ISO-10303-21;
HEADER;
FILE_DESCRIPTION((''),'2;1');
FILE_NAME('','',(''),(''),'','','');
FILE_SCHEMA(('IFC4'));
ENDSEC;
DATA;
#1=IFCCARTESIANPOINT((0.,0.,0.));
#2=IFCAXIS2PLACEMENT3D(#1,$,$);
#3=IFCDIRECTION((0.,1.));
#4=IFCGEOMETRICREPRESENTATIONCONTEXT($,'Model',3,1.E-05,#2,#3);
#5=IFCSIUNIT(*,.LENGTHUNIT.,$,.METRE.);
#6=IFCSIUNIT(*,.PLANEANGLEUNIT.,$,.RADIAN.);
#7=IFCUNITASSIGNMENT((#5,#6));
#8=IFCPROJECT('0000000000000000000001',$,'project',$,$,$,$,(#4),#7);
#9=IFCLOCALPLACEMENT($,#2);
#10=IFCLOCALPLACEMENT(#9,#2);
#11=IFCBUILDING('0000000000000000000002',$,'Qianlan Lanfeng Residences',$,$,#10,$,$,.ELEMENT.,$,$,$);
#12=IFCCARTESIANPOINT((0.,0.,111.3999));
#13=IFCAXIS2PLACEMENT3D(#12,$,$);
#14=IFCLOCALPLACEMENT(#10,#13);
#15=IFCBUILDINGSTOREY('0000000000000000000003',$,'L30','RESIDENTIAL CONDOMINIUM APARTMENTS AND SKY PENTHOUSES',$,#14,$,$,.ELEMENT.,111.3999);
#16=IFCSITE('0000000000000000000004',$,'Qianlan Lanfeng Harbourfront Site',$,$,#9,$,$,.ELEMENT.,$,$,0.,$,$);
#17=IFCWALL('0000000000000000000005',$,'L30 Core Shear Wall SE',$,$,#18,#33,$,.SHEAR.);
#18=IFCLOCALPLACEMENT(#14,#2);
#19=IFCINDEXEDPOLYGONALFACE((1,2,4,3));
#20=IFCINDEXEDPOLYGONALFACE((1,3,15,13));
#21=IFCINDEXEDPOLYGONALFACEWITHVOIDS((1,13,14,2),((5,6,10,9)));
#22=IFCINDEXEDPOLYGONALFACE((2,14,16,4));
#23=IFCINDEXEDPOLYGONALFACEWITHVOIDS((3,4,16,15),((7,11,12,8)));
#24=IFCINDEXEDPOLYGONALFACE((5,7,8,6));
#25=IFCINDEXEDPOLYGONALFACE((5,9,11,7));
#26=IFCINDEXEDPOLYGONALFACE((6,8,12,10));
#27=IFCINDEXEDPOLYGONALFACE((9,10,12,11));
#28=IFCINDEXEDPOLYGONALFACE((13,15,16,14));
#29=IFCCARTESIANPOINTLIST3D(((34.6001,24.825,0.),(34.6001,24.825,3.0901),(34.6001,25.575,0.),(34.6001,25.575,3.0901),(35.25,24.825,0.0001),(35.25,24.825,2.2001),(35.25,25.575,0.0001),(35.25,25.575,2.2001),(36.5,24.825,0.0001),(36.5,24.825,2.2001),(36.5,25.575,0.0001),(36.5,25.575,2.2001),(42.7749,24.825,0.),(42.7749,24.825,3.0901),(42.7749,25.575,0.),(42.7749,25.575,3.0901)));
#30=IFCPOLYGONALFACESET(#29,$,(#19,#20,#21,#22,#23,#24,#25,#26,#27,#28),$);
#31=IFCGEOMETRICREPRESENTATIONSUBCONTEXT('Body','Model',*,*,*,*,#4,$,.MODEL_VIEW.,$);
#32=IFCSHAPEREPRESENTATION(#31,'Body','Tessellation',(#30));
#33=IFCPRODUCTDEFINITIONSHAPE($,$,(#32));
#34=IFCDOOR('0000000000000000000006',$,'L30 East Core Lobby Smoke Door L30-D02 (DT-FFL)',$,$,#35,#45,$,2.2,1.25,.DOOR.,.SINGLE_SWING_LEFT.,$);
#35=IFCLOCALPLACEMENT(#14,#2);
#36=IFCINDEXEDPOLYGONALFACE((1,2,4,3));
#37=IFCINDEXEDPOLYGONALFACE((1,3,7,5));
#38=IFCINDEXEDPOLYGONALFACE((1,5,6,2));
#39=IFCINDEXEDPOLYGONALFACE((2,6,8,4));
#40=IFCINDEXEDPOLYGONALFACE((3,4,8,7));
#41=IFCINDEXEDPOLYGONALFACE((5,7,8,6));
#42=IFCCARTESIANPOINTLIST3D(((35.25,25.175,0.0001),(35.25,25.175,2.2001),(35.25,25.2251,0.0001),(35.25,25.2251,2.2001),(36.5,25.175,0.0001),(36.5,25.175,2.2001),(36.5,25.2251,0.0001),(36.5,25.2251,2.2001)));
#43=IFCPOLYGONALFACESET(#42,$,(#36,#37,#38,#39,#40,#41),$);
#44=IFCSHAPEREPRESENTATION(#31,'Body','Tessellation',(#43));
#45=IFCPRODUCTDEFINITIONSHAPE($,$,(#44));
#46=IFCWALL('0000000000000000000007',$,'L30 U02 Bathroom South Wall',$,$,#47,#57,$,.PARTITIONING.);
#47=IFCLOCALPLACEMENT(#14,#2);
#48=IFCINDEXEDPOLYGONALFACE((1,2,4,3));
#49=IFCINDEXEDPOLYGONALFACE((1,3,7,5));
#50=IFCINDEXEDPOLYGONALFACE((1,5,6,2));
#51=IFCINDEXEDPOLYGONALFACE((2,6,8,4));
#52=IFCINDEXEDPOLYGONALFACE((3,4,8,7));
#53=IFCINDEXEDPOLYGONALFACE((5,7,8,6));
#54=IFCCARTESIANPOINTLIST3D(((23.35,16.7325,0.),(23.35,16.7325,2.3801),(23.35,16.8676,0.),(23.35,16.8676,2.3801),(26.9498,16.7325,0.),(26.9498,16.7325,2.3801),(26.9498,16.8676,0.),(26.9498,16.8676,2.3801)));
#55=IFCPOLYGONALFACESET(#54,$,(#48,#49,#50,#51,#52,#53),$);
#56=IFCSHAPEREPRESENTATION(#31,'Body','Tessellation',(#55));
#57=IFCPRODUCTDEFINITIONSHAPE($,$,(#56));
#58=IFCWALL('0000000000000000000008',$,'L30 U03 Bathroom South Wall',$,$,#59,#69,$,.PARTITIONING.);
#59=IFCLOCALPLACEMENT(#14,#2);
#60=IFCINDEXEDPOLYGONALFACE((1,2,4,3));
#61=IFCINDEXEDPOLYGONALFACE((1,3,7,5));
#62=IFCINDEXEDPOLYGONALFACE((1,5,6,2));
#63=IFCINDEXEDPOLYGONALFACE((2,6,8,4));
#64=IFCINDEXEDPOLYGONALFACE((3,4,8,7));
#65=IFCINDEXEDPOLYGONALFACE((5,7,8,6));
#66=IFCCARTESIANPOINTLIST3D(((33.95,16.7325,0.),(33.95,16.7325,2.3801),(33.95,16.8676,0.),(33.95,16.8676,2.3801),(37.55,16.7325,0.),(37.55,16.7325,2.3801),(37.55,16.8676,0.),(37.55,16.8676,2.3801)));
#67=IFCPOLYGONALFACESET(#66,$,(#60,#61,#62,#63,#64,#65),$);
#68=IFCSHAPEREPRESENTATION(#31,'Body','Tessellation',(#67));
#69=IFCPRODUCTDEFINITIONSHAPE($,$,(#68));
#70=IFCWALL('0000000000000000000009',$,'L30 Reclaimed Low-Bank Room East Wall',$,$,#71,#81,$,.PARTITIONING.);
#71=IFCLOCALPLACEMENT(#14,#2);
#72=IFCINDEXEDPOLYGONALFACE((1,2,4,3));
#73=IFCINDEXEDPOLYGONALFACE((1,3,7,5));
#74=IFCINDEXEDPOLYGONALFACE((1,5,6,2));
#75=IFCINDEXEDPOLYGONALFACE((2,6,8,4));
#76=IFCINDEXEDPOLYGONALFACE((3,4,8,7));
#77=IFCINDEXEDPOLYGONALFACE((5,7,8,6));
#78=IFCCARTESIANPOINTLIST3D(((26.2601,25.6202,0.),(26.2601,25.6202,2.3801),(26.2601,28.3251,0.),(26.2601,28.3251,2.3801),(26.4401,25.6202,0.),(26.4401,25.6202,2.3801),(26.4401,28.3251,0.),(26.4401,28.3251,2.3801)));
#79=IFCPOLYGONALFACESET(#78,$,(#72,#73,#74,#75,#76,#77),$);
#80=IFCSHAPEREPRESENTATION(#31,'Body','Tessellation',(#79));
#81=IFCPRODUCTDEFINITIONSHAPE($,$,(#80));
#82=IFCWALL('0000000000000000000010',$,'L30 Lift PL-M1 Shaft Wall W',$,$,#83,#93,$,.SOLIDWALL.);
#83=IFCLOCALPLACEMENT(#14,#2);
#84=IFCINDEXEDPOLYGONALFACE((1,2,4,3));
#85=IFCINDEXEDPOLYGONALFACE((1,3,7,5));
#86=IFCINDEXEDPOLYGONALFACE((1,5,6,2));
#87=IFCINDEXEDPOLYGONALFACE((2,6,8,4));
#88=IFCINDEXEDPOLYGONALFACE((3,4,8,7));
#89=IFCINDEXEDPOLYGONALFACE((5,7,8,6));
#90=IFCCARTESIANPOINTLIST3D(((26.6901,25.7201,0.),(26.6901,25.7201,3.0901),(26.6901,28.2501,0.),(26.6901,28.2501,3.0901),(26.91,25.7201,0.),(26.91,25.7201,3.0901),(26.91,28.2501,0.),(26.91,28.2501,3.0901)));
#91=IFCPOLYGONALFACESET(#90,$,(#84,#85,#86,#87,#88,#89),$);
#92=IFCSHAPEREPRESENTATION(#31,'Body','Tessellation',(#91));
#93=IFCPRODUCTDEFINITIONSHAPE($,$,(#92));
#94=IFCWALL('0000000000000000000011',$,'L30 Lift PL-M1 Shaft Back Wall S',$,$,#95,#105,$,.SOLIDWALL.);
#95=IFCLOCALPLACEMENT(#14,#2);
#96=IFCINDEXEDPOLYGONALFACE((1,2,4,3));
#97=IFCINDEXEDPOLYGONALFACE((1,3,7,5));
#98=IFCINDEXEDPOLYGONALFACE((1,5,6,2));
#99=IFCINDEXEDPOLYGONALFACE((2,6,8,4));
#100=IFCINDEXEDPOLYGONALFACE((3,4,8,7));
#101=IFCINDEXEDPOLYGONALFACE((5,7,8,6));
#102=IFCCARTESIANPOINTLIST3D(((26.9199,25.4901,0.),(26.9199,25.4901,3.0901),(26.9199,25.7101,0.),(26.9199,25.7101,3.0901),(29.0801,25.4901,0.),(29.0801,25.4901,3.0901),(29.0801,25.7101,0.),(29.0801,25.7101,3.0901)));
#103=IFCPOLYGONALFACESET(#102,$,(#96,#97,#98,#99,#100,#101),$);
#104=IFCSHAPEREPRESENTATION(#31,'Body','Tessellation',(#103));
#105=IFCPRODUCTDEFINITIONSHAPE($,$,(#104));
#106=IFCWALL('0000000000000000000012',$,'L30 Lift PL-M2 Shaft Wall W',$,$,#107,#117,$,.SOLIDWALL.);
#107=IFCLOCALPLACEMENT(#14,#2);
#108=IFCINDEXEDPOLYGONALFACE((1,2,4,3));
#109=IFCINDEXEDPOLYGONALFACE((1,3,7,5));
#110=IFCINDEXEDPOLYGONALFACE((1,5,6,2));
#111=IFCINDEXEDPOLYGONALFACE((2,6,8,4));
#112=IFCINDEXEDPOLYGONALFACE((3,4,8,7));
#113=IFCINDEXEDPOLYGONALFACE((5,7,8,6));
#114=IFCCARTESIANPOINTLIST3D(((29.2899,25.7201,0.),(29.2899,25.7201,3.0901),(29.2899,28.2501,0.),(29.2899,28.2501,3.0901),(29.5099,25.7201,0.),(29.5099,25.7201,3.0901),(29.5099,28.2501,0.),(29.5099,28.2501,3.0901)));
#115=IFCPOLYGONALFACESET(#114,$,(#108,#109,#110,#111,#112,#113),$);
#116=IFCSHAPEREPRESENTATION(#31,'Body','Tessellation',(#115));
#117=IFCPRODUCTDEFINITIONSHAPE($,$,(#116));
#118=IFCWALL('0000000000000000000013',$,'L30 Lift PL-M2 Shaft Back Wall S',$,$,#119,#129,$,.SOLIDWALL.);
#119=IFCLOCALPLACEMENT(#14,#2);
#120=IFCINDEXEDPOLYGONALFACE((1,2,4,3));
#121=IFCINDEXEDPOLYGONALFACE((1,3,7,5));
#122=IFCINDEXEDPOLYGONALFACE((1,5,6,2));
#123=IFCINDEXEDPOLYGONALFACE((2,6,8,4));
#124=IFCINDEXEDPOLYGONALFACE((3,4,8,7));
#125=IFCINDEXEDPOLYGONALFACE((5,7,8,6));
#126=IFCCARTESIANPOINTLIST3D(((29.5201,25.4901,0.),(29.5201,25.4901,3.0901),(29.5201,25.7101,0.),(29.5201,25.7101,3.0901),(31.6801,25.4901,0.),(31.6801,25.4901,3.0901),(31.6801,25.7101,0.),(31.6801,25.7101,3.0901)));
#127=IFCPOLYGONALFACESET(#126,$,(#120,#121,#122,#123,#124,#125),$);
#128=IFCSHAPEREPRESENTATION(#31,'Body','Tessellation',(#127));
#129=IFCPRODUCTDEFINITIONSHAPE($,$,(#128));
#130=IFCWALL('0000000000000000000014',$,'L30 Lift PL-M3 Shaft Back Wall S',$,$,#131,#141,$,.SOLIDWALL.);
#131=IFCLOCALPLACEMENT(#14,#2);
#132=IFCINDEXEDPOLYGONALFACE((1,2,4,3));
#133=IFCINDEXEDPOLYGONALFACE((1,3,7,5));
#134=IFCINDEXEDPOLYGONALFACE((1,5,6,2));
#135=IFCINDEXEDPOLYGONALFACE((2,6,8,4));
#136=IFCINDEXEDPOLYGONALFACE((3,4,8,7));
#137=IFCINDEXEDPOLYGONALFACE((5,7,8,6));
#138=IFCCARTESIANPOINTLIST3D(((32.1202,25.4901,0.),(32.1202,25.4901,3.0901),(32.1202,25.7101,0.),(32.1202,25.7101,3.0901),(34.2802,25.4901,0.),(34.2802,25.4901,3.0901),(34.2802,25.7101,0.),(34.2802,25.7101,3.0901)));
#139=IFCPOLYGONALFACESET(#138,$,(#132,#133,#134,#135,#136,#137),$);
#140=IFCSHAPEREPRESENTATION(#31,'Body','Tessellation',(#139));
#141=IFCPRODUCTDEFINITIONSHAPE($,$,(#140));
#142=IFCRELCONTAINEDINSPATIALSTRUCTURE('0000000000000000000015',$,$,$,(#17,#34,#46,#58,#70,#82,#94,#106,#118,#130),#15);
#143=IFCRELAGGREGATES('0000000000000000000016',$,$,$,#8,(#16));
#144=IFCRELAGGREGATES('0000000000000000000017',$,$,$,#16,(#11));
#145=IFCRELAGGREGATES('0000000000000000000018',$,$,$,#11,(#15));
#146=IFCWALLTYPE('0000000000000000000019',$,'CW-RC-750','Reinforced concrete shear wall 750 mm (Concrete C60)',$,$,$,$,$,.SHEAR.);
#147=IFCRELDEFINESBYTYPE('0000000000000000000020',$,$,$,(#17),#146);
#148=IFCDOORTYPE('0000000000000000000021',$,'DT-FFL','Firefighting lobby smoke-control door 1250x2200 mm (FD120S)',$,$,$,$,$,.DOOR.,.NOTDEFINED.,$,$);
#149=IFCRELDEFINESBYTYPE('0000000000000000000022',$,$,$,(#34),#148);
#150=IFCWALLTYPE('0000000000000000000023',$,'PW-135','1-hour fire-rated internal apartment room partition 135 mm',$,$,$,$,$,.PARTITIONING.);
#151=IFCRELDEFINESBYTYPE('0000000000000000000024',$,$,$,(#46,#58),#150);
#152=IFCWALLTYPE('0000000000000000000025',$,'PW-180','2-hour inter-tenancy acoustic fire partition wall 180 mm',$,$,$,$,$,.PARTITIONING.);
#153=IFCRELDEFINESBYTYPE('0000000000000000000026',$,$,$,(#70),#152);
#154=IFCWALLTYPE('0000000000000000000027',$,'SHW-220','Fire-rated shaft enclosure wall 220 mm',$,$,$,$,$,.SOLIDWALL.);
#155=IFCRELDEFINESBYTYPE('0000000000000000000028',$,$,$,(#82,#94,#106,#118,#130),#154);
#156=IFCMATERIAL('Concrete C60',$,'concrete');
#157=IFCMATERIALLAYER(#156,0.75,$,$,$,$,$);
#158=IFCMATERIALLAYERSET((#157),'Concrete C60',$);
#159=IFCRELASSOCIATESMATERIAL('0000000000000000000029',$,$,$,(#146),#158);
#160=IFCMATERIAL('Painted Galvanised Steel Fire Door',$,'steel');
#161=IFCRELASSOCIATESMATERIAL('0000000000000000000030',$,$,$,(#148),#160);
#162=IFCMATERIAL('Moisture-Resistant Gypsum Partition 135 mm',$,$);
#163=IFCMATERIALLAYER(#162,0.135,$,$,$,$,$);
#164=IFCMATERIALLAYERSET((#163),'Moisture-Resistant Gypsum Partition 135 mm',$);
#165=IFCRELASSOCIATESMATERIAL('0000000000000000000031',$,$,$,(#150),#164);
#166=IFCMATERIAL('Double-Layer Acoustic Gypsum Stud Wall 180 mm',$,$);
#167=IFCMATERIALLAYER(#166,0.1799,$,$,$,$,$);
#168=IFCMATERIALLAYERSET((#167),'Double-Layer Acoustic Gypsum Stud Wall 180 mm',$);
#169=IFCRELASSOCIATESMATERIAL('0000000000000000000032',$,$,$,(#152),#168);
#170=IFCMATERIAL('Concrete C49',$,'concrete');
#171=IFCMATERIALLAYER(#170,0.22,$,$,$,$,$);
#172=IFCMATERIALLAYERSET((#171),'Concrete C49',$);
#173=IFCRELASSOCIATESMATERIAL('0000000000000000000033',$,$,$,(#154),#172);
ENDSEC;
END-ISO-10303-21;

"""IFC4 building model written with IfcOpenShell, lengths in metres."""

from ifc_helpers import new_model, si_unit, direction, frame, frame_2d, origin, place, context, subcontext, project, spatial, rectangle, extrude, material, layer, layer_set, type_object, element, fill, save


model = new_model("IFC4")

# Units and contexts
model_context = context("Model", 3, precision=1e-05, world=origin(), true_north=direction((0.0, 1.0)))
body_context = subcontext(model_context, "Body", "Model", "MODEL_VIEW")
ifc_project = project(units=[si_unit("LENGTHUNIT", "METRE"), si_unit("PLANEANGLEUNIT", "RADIAN")], contexts=[model_context])

# Site, building, storey
site_placement = place(None, origin())
site = spatial("IfcSite", under=ifc_project, at=site_placement, Name="Qianlan Lanfeng Harbourfront Site", CompositionType="ELEMENT", RefElevation=0.0)
building_placement = place(site_placement, origin())
building = spatial("IfcBuilding", under=site, at=building_placement, Name="Qianlan Lanfeng Residences", CompositionType="ELEMENT")
storey_placement = place(building_placement, frame((0.0, 0.0, 111.3999)))
storey = spatial("IfcBuildingStorey", under=building, at=storey_placement, Name="L30", Description="RESIDENTIAL CONDOMINIUM APARTMENTS AND SKY PENTHOUSES", CompositionType="ELEMENT", Elevation=111.3999)

# Wall, opening, door
ifc_material_1 = material(Name="Concrete C60", Category="concrete")
ifc_layer_1 = layer(ifc_material_1, 0.75)
ifc_layer_set_1 = layer_set([ifc_layer_1], Name="Concrete C60")
wall_type_1 = type_object("IfcWallType", Name="CW-RC-750", Description="Reinforced concrete shear wall 750 mm (Concrete C60)", PredefinedType="SHEAR", material=ifc_layer_set_1)
wall_1_placement = place(storey_placement, frame((34.6001, 25.2, 0.0), z_axis=(0.0, 0.0, 1.0), x_axis=(1.0, 0.0, 0.0)))
wall_1 = element("IfcWall", 1, at=wall_1_placement, inside=storey, type_object=wall_type_1, Name="L30 Core Shear Wall SE", PredefinedType="SHEAR", context=body_context, shape_type="SweptSolid", body=[
    extrude(rectangle(XDim=8.1748, YDim=0.75, at=frame_2d((4.0874, 0.0))), origin(), (0.0, 0.0, 1.0), 3.0901),
])
opening_1_placement = place(wall_1_placement, frame((0.6499, 0.0, 0.0)))
opening_1 = element("IfcOpeningElement", 2, at=opening_1_placement, cuts=wall_1, PredefinedType="OPENING", context=body_context, shape_type="SweptSolid", body=[
    extrude(rectangle(XDim=1.25, YDim=2.2, at=frame_2d((0.625, 1.1001))), frame((0.0, 0.385, 0.0), z_axis=(0.0, -1.0, 0.0), x_axis=(1.0, 0.0, 0.0)), (0.0, 0.0, 1.0), 0.77),
])
ifc_material_2 = material(Name="Painted Galvanised Steel Fire Door", Category="steel")
door_type_1 = type_object("IfcDoorType", Name="DT-FFL", Description="Firefighting lobby smoke-control door 1250x2200 mm (FD120S)", OperationType="NOTDEFINED", PredefinedType="DOOR", material=ifc_material_2)
door_1_placement = place(opening_1_placement, frame((1.25, 0.0, 0.0), z_axis=(0.0, 0.0, 1.0), x_axis=(-1.0, 0.0, 0.0)))
door_1 = element("IfcDoor", 3, at=door_1_placement, inside=storey, type_object=door_type_1, Name="L30 East Core Lobby Smoke Door L30-D02 (DT-FFL)", OperationType="SINGLE_SWING_LEFT", OverallHeight=2.2, OverallWidth=1.25, PredefinedType="DOOR", context=body_context, shape_type="SweptSolid", body=[
    extrude(rectangle(XDim=1.25, YDim=2.2, at=frame_2d((0.625, 1.1001))), frame((0.0, 0.0249, 0.0), z_axis=(0.0, -1.0, 0.0), x_axis=(1.0, 0.0, 0.0)), (0.0, 0.0, 1.0), 0.05),
])
fill(opening_1, door_1)

# Walls
ifc_material_3 = material(Name="Moisture-Resistant Gypsum Partition 135 mm")
ifc_layer_2 = layer(ifc_material_3, 0.135)
ifc_layer_set_2 = layer_set([ifc_layer_2], Name="Moisture-Resistant Gypsum Partition 135 mm")
wall_type_2 = type_object("IfcWallType", Name="PW-135", Description="1-hour fire-rated internal apartment room partition 135 mm", PredefinedType="PARTITIONING", material=ifc_layer_set_2)
wall_2_placement = place(storey_placement, frame((23.3501, 16.8, 0.0), z_axis=(0.0, 0.0, 1.0), x_axis=(1.0, 0.0, 0.0)))
element("IfcWall", 4, at=wall_2_placement, inside=storey, type_object=wall_type_2, Name="L30 U02 Bathroom South Wall", PredefinedType="PARTITIONING", context=body_context, shape_type="SweptSolid", body=[
    extrude(rectangle(XDim=3.5999, YDim=0.135, at=frame_2d((1.7998, 0.0))), origin(), (0.0, 0.0, 1.0), 2.3801),
])
wall_3_placement = place(storey_placement, frame((33.95, 16.8, 0.0), z_axis=(0.0, 0.0, 1.0), x_axis=(1.0, 0.0, 0.0)))
element("IfcWall", 5, at=wall_3_placement, inside=storey, type_object=wall_type_2, Name="L30 U03 Bathroom South Wall", PredefinedType="PARTITIONING", context=body_context, shape_type="SweptSolid", body=[
    extrude(rectangle(XDim=3.6001, YDim=0.135, at=frame_2d((1.8, 0.0))), origin(), (0.0, 0.0, 1.0), 2.3801),
])

# Shared definitions
ifc_material_4 = material(Name="Double-Layer Acoustic Gypsum Stud Wall 180 mm")
ifc_layer_3 = layer(ifc_material_4, 0.1799)
ifc_layer_set_3 = layer_set([ifc_layer_3], Name="Double-Layer Acoustic Gypsum Stud Wall 180 mm")
wall_type_3 = type_object("IfcWallType", Name="PW-180", Description="2-hour inter-tenancy acoustic fire partition wall 180 mm", PredefinedType="PARTITIONING", material=ifc_layer_set_3)

# Walls
wall_4_placement = place(storey_placement, frame((26.3501, 25.6201, 0.0), z_axis=(0.0, 0.0, 1.0), x_axis=(0.0, 1.0, 0.0)))
element("IfcWall", 6, at=wall_4_placement, inside=storey, type_object=wall_type_3, Name="L30 Reclaimed Low-Bank Room East Wall", PredefinedType="PARTITIONING", context=body_context, shape_type="SweptSolid", body=[
    extrude(rectangle(XDim=2.7048, YDim=0.1799, at=frame_2d((1.3525, 0.0))), origin(), (0.0, 0.0, 1.0), 2.3801),
])
ifc_material_5 = material(Name="Concrete C49", Category="concrete")
ifc_layer_4 = layer(ifc_material_5, 0.22)
ifc_layer_set_4 = layer_set([ifc_layer_4], Name="Concrete C49")
wall_type_4 = type_object("IfcWallType", Name="SHW-220", Description="Fire-rated shaft enclosure wall 220 mm", PredefinedType="SOLIDWALL", material=ifc_layer_set_4)
wall_5_placement = place(storey_placement, frame((26.8, 25.72, 0.0), z_axis=(0.0, 0.0, 1.0), x_axis=(0.0, 1.0, 0.0)))
element("IfcWall", 7, at=wall_5_placement, inside=storey, type_object=wall_type_4, Name="L30 Lift PL-M1 Shaft Wall W", PredefinedType="SOLIDWALL", context=body_context, shape_type="SweptSolid", body=[
    extrude(rectangle(XDim=2.53, YDim=0.22, at=frame_2d((1.2651, 0.0))), origin(), (0.0, 0.0, 1.0), 3.0901),
])
wall_6_placement = place(storey_placement, frame((26.9199, 25.6001, 0.0), z_axis=(0.0, 0.0, 1.0), x_axis=(1.0, 0.0, 0.0)))
element("IfcWall", 8, at=wall_6_placement, inside=storey, type_object=wall_type_4, Name="L30 Lift PL-M1 Shaft Back Wall S", PredefinedType="SOLIDWALL", context=body_context, shape_type="SweptSolid", body=[
    extrude(rectangle(XDim=2.1602, YDim=0.22, at=frame_2d((1.0801, 0.0))), origin(), (0.0, 0.0, 1.0), 3.0901),
])
wall_7_placement = place(storey_placement, frame((29.3999, 25.72, 0.0), z_axis=(0.0, 0.0, 1.0), x_axis=(0.0, 1.0, 0.0)))
element("IfcWall", 9, at=wall_7_placement, inside=storey, type_object=wall_type_4, Name="L30 Lift PL-M2 Shaft Wall W", PredefinedType="SOLIDWALL", context=body_context, shape_type="SweptSolid", body=[
    extrude(rectangle(XDim=2.53, YDim=0.22, at=frame_2d((1.2651, 0.0))), origin(), (0.0, 0.0, 1.0), 3.0901),
])
for number, where, z_axis, x_axis, name in (
    (10, (29.52, 25.6001, 0.0), (0.0, 0.0, 1.0), (1.0, 0.0, 0.0), "L30 Lift PL-M2 Shaft Back Wall S"),
    (11, (32.1201, 25.6001, 0.0), (0.0, 0.0, 1.0), (1.0, 0.0, 0.0), "L30 Lift PL-M3 Shaft Back Wall S"),
):
    element("IfcWall", number, at=place(storey_placement, frame(where, z_axis=z_axis, x_axis=x_axis)), inside=storey, type_object=wall_type_4, Name=name, PredefinedType="SOLIDWALL", context=body_context, shape_type="SweptSolid", body=[
        extrude(rectangle(XDim=2.1599, YDim=0.22, at=frame_2d((1.0801, 0.0))), origin(), (0.0, 0.0, 1.0), 3.0901),
    ])

save(model, "model.ifc")
